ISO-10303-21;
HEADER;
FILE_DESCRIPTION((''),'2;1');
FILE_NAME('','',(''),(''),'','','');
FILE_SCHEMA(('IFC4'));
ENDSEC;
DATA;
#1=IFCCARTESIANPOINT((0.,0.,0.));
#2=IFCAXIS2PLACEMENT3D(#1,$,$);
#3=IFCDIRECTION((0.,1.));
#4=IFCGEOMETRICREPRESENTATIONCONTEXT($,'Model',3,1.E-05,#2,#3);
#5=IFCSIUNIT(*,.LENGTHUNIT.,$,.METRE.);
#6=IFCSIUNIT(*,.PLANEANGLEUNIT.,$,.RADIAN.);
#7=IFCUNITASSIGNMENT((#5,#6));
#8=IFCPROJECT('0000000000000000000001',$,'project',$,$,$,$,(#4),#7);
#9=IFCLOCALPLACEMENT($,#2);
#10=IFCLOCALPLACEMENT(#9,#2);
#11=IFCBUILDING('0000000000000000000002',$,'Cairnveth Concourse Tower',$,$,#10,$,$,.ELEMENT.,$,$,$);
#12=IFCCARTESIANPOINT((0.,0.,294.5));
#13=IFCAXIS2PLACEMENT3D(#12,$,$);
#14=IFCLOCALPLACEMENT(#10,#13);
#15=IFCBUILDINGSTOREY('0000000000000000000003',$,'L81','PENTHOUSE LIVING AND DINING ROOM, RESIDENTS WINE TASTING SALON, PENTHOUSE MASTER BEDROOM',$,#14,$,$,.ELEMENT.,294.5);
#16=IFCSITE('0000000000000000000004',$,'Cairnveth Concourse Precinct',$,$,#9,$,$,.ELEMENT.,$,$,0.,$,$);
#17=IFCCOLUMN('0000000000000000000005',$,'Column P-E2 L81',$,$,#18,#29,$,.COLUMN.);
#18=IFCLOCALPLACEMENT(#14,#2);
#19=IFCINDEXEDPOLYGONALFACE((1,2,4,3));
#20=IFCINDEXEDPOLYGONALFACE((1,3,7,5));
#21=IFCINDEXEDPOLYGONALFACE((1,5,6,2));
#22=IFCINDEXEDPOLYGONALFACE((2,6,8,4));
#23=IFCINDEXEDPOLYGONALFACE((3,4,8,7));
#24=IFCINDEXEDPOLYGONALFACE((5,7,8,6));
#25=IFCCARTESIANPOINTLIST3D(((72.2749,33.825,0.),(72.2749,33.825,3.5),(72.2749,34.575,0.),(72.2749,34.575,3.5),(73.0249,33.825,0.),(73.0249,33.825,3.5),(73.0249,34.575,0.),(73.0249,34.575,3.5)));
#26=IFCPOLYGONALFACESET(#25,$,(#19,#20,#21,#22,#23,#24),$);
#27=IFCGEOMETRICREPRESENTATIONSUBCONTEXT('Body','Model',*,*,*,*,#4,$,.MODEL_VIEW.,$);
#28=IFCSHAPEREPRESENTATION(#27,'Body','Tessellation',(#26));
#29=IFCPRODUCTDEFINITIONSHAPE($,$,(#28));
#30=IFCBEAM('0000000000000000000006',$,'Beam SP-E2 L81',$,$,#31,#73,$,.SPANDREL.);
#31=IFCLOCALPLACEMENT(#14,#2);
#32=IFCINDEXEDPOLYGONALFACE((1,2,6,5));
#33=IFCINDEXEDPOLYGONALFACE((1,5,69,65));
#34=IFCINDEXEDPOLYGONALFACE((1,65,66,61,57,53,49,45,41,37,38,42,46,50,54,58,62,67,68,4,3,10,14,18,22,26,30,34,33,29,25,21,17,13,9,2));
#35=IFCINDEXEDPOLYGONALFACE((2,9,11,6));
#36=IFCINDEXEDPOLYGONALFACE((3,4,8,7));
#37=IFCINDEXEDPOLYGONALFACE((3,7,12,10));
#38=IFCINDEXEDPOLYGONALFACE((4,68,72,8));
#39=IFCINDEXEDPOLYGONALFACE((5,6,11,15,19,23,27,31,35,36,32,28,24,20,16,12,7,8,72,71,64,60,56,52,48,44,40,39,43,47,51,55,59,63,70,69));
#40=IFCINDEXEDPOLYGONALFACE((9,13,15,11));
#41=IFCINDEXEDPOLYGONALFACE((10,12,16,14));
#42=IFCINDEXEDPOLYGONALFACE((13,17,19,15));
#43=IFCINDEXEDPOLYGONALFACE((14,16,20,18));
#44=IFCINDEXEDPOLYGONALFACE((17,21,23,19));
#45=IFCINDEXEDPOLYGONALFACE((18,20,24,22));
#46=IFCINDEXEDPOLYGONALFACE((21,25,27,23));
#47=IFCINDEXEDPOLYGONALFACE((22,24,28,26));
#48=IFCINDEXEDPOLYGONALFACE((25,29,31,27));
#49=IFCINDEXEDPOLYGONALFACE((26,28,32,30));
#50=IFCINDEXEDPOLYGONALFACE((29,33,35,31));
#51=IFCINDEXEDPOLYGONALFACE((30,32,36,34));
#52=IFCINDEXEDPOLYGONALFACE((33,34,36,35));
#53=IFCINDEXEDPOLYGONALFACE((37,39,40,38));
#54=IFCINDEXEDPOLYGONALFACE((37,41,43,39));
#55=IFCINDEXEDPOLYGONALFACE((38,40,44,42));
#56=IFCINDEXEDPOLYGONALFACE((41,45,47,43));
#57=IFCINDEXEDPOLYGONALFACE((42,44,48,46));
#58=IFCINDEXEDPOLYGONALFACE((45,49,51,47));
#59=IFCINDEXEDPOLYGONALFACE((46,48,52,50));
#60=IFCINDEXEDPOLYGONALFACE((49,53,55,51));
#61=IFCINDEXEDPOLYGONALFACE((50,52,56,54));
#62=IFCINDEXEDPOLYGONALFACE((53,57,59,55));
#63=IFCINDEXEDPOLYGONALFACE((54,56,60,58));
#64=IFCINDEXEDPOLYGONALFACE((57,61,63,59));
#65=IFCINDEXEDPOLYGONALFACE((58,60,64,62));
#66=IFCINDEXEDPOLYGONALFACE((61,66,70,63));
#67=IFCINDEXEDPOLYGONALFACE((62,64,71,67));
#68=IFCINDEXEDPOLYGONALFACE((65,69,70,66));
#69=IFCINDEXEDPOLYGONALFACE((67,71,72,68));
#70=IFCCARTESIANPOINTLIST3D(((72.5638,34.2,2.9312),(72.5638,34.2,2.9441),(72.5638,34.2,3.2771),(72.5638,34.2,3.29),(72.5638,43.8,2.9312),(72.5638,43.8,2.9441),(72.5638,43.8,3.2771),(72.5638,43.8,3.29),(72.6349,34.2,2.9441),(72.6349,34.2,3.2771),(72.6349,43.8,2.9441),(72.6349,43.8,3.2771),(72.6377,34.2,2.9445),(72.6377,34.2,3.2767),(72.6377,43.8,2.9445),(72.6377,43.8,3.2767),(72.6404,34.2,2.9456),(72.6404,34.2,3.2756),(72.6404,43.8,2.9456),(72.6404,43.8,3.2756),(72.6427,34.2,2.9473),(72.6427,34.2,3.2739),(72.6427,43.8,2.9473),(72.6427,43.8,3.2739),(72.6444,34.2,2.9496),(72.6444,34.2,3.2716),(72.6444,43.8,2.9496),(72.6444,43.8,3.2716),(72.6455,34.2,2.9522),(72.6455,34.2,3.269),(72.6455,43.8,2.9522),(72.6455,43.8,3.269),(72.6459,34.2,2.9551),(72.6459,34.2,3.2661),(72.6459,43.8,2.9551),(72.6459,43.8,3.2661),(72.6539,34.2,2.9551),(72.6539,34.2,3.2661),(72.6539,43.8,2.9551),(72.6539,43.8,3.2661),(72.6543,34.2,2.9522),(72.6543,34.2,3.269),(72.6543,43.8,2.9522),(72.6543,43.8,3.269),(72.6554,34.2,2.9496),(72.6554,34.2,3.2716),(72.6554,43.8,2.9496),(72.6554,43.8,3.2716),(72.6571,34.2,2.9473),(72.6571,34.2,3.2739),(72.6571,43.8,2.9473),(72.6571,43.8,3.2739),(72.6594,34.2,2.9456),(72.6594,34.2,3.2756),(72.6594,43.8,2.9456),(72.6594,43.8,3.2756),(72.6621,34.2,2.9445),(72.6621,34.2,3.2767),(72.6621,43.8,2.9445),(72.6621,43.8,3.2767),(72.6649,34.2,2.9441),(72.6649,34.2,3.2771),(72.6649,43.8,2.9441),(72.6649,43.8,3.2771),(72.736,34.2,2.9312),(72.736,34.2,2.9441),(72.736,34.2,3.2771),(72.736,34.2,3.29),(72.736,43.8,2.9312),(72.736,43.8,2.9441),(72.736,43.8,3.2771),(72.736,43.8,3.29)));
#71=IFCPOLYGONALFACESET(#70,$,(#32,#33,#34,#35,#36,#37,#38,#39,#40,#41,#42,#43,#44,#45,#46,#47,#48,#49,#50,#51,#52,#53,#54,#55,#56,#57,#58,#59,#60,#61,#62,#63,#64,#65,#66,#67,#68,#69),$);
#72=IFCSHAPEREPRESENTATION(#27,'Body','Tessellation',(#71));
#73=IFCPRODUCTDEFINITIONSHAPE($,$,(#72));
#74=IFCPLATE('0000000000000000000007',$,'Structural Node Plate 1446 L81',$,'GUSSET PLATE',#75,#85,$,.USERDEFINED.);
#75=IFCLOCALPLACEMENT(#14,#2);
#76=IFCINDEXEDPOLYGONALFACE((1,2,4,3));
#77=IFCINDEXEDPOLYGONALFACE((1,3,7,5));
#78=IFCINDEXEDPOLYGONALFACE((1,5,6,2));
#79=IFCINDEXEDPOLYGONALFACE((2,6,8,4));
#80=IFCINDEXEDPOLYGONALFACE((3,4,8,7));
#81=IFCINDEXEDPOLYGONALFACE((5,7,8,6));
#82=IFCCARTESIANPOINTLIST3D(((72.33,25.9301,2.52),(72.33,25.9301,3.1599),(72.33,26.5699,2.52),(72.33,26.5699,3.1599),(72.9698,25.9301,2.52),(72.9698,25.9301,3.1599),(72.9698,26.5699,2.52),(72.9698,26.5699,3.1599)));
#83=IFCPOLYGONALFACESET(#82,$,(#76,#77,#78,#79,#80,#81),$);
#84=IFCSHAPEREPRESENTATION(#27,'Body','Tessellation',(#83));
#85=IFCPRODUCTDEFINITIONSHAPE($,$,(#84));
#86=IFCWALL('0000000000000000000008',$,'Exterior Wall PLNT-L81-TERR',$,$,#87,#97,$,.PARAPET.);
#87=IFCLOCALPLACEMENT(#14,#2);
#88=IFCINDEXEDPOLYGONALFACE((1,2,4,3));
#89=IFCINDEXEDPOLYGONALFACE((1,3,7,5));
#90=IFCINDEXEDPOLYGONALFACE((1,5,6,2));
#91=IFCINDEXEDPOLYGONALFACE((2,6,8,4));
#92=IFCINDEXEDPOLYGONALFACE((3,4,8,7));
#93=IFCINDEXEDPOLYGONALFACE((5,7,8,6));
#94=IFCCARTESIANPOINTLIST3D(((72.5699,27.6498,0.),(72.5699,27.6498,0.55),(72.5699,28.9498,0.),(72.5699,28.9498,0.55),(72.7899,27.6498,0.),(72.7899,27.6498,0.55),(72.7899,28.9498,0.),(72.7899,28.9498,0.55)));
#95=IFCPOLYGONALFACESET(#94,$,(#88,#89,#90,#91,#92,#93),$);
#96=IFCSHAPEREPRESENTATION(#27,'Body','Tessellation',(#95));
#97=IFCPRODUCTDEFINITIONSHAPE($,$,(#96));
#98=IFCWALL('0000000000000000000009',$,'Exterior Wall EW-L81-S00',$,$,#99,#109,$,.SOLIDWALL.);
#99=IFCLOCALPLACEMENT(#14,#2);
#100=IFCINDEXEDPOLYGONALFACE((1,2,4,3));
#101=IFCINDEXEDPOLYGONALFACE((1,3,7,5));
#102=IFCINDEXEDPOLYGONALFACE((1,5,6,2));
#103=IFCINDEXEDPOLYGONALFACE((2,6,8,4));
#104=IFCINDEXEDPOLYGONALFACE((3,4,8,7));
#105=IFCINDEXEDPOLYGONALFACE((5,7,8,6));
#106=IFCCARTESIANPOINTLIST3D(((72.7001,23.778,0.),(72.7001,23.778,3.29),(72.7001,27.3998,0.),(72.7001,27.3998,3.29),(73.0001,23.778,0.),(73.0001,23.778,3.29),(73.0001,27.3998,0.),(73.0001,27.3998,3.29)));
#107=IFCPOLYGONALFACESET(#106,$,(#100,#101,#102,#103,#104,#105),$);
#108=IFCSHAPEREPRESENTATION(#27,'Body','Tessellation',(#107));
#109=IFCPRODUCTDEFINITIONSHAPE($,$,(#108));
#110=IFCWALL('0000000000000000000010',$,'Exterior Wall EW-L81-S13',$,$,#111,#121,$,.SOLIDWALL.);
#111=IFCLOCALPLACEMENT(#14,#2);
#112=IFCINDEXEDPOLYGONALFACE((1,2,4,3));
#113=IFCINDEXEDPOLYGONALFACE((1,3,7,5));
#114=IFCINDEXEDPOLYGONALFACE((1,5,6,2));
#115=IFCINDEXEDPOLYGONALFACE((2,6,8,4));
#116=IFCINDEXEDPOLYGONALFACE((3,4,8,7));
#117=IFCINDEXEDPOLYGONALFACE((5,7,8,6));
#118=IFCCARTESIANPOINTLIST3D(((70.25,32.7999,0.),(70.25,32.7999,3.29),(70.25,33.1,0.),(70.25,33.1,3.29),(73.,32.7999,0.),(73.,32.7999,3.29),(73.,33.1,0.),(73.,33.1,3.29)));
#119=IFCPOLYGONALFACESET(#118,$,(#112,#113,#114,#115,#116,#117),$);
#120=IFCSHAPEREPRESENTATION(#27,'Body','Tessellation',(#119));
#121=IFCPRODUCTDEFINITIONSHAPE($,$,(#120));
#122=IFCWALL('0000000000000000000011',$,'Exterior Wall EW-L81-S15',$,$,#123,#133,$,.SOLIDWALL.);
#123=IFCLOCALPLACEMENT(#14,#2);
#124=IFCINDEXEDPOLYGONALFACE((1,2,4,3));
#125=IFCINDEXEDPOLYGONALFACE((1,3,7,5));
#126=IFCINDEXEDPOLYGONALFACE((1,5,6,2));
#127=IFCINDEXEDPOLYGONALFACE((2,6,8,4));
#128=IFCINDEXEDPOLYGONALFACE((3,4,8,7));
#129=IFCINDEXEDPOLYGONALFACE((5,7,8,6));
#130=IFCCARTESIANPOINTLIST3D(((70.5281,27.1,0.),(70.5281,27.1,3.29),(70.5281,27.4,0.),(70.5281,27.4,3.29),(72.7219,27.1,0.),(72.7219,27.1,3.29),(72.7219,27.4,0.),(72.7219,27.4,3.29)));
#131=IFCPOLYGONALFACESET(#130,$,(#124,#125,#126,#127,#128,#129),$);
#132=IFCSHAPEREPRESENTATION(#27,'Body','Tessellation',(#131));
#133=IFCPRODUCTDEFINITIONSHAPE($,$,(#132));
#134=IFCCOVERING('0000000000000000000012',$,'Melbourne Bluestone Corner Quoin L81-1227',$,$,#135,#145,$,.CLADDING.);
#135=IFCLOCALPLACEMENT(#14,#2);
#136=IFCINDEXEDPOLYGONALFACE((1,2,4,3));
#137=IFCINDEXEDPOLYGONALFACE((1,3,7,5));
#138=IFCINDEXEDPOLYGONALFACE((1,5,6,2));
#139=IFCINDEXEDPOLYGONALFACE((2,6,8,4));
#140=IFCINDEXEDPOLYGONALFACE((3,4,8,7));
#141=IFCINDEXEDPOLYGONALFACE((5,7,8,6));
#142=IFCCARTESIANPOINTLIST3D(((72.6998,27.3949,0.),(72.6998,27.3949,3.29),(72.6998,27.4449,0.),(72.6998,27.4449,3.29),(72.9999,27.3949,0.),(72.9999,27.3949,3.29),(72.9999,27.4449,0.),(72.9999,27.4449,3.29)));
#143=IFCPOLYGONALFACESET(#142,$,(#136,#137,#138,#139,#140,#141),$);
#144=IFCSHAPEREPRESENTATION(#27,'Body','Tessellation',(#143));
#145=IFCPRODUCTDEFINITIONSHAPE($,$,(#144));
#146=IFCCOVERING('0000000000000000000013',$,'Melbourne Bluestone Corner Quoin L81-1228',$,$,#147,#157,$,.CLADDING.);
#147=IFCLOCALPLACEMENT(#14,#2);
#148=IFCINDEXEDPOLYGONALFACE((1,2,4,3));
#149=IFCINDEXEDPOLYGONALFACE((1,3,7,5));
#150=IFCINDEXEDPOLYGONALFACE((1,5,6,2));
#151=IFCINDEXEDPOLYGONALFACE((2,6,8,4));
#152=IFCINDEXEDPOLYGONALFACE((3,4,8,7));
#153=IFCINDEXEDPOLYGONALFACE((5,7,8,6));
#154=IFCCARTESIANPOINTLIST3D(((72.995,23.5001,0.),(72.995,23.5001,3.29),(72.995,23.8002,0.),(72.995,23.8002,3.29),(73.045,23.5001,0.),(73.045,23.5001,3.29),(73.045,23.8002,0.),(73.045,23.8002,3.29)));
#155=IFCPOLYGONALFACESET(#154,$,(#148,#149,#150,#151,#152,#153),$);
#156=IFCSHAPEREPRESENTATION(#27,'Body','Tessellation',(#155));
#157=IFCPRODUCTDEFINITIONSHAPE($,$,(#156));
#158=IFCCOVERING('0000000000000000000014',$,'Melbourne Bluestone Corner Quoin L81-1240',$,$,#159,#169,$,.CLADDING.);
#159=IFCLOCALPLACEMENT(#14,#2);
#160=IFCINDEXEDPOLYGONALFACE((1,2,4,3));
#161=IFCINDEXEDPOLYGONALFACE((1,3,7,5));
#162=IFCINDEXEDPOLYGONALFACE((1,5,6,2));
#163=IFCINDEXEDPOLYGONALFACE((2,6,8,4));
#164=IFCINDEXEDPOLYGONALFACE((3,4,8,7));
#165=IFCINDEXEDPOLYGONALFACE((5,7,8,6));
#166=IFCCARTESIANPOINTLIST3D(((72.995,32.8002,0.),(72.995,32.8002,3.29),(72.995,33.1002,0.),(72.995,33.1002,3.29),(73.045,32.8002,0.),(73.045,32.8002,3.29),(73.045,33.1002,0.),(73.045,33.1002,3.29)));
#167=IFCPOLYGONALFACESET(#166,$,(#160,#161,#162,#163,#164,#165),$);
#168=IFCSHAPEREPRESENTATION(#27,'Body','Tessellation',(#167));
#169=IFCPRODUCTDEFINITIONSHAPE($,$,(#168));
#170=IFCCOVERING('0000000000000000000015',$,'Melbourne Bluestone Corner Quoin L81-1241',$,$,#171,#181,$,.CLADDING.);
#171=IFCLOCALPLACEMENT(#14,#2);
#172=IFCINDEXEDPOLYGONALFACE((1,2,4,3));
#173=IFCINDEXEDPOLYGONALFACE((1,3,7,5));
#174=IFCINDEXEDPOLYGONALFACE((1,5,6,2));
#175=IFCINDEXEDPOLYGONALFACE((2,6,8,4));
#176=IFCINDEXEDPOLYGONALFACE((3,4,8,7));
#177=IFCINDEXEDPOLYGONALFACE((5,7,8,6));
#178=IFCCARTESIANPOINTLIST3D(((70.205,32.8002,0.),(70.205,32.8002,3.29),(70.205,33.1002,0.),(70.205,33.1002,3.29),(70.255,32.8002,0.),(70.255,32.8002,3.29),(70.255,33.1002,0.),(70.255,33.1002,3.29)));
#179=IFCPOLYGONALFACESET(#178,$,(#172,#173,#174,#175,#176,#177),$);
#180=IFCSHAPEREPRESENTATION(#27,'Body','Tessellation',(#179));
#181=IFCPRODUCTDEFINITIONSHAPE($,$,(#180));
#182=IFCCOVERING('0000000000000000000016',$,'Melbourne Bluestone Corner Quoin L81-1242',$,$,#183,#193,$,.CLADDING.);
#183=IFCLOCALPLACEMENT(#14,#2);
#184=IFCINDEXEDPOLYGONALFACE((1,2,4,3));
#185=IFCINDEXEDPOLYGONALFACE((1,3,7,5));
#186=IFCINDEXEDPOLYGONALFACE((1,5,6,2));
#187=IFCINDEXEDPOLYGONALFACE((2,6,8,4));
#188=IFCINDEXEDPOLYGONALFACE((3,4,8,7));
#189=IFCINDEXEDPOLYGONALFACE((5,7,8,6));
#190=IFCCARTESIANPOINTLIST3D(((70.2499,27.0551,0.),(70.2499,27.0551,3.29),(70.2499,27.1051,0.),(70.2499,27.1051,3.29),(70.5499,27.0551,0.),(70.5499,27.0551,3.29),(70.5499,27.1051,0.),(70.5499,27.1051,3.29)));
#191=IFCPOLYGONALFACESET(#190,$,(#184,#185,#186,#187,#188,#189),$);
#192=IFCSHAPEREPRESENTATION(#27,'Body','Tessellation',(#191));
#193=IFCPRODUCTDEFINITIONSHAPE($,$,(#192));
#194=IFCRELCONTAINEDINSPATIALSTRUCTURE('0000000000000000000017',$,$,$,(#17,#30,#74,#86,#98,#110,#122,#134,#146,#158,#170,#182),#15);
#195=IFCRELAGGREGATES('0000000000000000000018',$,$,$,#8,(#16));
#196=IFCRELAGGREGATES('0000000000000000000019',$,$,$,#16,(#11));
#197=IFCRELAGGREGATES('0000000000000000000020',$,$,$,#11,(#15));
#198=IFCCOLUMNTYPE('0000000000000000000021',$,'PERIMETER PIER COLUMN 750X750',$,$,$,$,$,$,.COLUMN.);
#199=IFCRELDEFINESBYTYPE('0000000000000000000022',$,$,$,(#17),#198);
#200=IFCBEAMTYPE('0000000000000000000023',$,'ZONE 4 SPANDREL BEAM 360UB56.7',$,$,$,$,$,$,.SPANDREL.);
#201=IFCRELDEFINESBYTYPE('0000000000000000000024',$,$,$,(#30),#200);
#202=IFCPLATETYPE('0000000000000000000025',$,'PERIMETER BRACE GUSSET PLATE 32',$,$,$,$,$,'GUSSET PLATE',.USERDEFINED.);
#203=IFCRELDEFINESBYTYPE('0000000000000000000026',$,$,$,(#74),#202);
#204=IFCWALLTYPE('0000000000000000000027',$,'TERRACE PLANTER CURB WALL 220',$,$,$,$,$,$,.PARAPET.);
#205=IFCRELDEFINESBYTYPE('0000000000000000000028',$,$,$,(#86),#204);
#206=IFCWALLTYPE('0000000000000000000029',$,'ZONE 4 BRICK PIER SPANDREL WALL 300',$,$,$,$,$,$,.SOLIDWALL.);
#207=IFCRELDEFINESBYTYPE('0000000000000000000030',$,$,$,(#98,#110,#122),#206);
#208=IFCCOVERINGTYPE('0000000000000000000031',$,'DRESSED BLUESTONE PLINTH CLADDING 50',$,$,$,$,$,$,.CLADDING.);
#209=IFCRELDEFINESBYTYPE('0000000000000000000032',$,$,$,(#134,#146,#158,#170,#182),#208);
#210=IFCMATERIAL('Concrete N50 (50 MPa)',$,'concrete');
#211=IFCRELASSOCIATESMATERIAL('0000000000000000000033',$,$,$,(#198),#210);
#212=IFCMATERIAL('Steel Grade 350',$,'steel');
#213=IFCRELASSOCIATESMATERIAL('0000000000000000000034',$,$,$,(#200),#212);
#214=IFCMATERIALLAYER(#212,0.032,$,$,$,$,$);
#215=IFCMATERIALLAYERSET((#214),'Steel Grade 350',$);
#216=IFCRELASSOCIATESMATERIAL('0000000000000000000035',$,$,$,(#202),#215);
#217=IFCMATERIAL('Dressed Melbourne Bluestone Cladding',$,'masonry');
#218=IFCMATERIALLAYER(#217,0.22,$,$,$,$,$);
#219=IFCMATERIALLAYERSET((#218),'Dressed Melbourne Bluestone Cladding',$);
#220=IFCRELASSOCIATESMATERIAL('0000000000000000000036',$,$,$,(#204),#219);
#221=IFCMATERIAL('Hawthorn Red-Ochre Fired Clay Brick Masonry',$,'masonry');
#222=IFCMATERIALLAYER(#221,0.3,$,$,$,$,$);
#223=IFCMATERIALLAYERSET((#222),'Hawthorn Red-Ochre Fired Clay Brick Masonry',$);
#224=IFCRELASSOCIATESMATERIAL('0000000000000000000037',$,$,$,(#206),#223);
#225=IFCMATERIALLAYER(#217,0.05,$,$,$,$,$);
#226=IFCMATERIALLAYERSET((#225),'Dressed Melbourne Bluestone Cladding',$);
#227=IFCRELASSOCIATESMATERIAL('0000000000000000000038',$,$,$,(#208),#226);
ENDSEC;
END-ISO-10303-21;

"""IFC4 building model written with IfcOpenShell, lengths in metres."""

from ifc_helpers import new_model, si_unit, direction, frame, frame_2d, origin, origin_2d, place, context, subcontext, project, spatial, rectangle, i_section, extrude, material, layer, layer_set, material_profile, profile_set, type_object, element, save


model = new_model("IFC4")

# Units and contexts
model_context = context("Model", 3, precision=1e-05, world=origin(), true_north=direction((0.0, 1.0)))
body_context = subcontext(model_context, "Body", "Model", "MODEL_VIEW")
ifc_project = project(units=[si_unit("LENGTHUNIT", "METRE"), si_unit("PLANEANGLEUNIT", "RADIAN")], contexts=[model_context])

# Site, building, storey
site_placement = place(None, origin())
site = spatial("IfcSite", under=ifc_project, at=site_placement, Name="Cairnveth Concourse Precinct", CompositionType="ELEMENT", RefElevation=0.0)
building_placement = place(site_placement, origin())
building = spatial("IfcBuilding", under=site, at=building_placement, Name="Cairnveth Concourse Tower", CompositionType="ELEMENT")
storey_placement = place(building_placement, frame((0.0, 0.0, 294.5)))
storey = spatial("IfcBuildingStorey", under=building, at=storey_placement, Name="L81", Description="PENTHOUSE LIVING AND DINING ROOM, RESIDENTS WINE TASTING SALON, PENTHOUSE MASTER BEDROOM", CompositionType="ELEMENT", Elevation=294.5)

# Column
ifc_material_1 = material(Name="Concrete N50 (50 MPa)", Category="concrete")
ifc_material_profile_1 = material_profile(ifc_material_1, rectangle(XDim=0.75, YDim=0.75, at=origin_2d()), Name="RC-COL-750x750")
ifc_profile_set_1 = profile_set([ifc_material_profile_1], Name="Concrete N50 (50 MPa)")
column_type = type_object("IfcColumnType", Name="PERIMETER PIER COLUMN 750X750", PredefinedType="COLUMN", material=ifc_profile_set_1)
column_placement = place(storey_placement, frame((72.6499, 34.2, 0.0), z_axis=(0.0, 0.0, 1.0), x_axis=(0.0, 1.0, 0.0)))
element("IfcColumn", 1, at=column_placement, inside=storey, type_object=column_type, Name="Column P-E2 L81", PredefinedType="COLUMN", context=body_context, shape_type="SweptSolid", body=[
    extrude(rectangle(XDim=0.75, YDim=0.75, at=origin_2d()), origin(), (0.0, 0.0, 1.0), 3.5),
])

# Beam
ifc_material_2 = material(Name="Steel Grade 350", Category="steel")
ifc_material_profile_2 = material_profile(ifc_material_2, i_section(OverallWidth=0.1721, OverallDepth=0.3589, WebThickness=0.0081, FlangeThickness=0.0129, FilletRadius=0.011, at=origin_2d()), Name="360UB56.7")
ifc_profile_set_2 = profile_set([ifc_material_profile_2], Name="Steel Grade 350")
beam_type = type_object("IfcBeamType", Name="ZONE 4 SPANDREL BEAM 360UB56.7", PredefinedType="SPANDREL", material=ifc_profile_set_2)
beam_placement = place(storey_placement, frame((72.6499, 34.2, 3.1106), z_axis=(0.0, 1.0, 0.0), x_axis=(-1.0, 0.0, 0.0)))
element("IfcBeam", 2, at=beam_placement, inside=storey, type_object=beam_type, Name="Beam SP-E2 L81", PredefinedType="SPANDREL", context=body_context, shape_type="SweptSolid", body=[
    extrude(i_section(OverallWidth=0.1721, OverallDepth=0.3589, WebThickness=0.0081, FlangeThickness=0.0129, FilletRadius=0.011, at=origin_2d()), origin(), (0.0, 0.0, 1.0), 9.6001),
])

# Plate
ifc_layer_1 = layer(ifc_material_2, 0.032)
ifc_layer_set_1 = layer_set([ifc_layer_1], Name="Steel Grade 350")
plate_type = type_object("IfcPlateType", Name="PERIMETER BRACE GUSSET PLATE 32", ElementType="GUSSET PLATE", PredefinedType="USERDEFINED", material=ifc_layer_set_1)
plate_placement = place(storey_placement, frame((72.6499, 26.25, 2.52), z_axis=(0.0, 0.0, 1.0), x_axis=(1.0, 0.0, 0.0)))
element("IfcPlate", 3, at=plate_placement, inside=storey, type_object=plate_type, Name="Structural Node Plate 1446 L81", ObjectType="GUSSET PLATE", PredefinedType="USERDEFINED", context=body_context, shape_type="SweptSolid", body=[
    extrude(rectangle(XDim=0.6399, YDim=0.6399, at=origin_2d()), origin(), (0.0, 0.0, 1.0), 0.6399),
])

# Walls
ifc_material_3 = material(Name="Dressed Melbourne Bluestone Cladding", Category="masonry")
ifc_layer_2 = layer(ifc_material_3, 0.22)
ifc_layer_set_2 = layer_set([ifc_layer_2], Name="Dressed Melbourne Bluestone Cladding")
wall_type_1 = type_object("IfcWallType", Name="TERRACE PLANTER CURB WALL 220", PredefinedType="PARAPET", material=ifc_layer_set_2)
wall_1_placement = place(storey_placement, frame((72.6799, 27.6499, 0.0), z_axis=(0.0, 0.0, 1.0), x_axis=(0.0, 1.0, 0.0)))
element("IfcWall", 4, at=wall_1_placement, inside=storey, type_object=wall_type_1, Name="Exterior Wall PLNT-L81-TERR", PredefinedType="PARAPET", context=body_context, shape_type="SweptSolid", body=[
    extrude(rectangle(XDim=1.3, YDim=0.22, at=frame_2d((0.6499, 0.0))), origin(), (0.0, 0.0, 1.0), 0.55),
])
ifc_material_4 = material(Name="Hawthorn Red-Ochre Fired Clay Brick Masonry", Category="masonry")
ifc_layer_3 = layer(ifc_material_4, 0.3)
ifc_layer_set_3 = layer_set([ifc_layer_3], Name="Hawthorn Red-Ochre Fired Clay Brick Masonry")
wall_type_2 = type_object("IfcWallType", Name="ZONE 4 BRICK PIER SPANDREL WALL 300", PredefinedType="SOLIDWALL", material=ifc_layer_set_3)
wall_2_placement = place(storey_placement, frame((72.8501, 27.3999, 0.0), z_axis=(0.0, 0.0, 1.0), x_axis=(0.0, -1.0, 0.0)))
element("IfcWall", 5, at=wall_2_placement, inside=storey, type_object=wall_type_2, Name="Exterior Wall EW-L81-S00", PredefinedType="SOLIDWALL", context=body_context, shape_type="SweptSolid", body=[
    extrude(rectangle(XDim=3.6218, YDim=0.3, at=frame_2d((1.811, 0.0))), origin(), (0.0, 0.0, 1.0), 3.29),
])
wall_3_placement = place(storey_placement, frame((73.0, 32.95, 0.0), z_axis=(0.0, 0.0, 1.0), x_axis=(-1.0, 0.0, 0.0)))
element("IfcWall", 6, at=wall_3_placement, inside=storey, type_object=wall_type_2, Name="Exterior Wall EW-L81-S13", PredefinedType="SOLIDWALL", context=body_context, shape_type="SweptSolid", body=[
    extrude(rectangle(XDim=2.75, YDim=0.3, at=frame_2d((1.375, 0.0))), origin(), (0.0, 0.0, 1.0), 3.29),
])

# Wall
wall_4_placement = place(storey_placement, frame((70.5281, 27.25, 0.0), z_axis=(0.0, 0.0, 1.0), x_axis=(1.0, 0.0, 0.0)))
element("IfcWall", 7, at=wall_4_placement, inside=storey, type_object=wall_type_2, Name="Exterior Wall EW-L81-S15", PredefinedType="SOLIDWALL", context=body_context, shape_type="SweptSolid", body=[
    extrude(rectangle(XDim=2.1938, YDim=0.3, at=frame_2d((1.0969, 0.0))), origin(), (0.0, 0.0, 1.0), 3.29),
])

# Coverings
ifc_layer_4 = layer(ifc_material_3, 0.05)
ifc_layer_set_4 = layer_set([ifc_layer_4], Name="Dressed Melbourne Bluestone Cladding")
covering_type = type_object("IfcCoveringType", Name="DRESSED BLUESTONE PLINTH CLADDING 50", PredefinedType="CLADDING", material=ifc_layer_set_4)
for number, where, z_axis, x_axis, name in (
    (8, (72.7, 27.4199, 0.0), (0.0, 0.0, 1.0), (1.0, 0.0, 0.0), "Melbourne Bluestone Corner Quoin L81-1227"),
    (9, (73.02, 23.8, 0.0), (0.0, 0.0, 1.0), (0.0, -1.0, 0.0), "Melbourne Bluestone Corner Quoin L81-1228"),
    (10, (73.02, 33.1001, 0.0), (0.0, 0.0, 1.0), (0.0, -1.0, 0.0), "Melbourne Bluestone Corner Quoin L81-1240"),
    (11, (70.23, 33.1001, 0.0), (0.0, 0.0, 1.0), (0.0, -1.0, 0.0), "Melbourne Bluestone Corner Quoin L81-1241"),
    (12, (70.25, 27.0801, 0.0), (0.0, 0.0, 1.0), (1.0, 0.0, 0.0), "Melbourne Bluestone Corner Quoin L81-1242"),
):
    element("IfcCovering", number, at=place(storey_placement, frame(where, z_axis=z_axis, x_axis=x_axis)), inside=storey, type_object=covering_type, Name=name, PredefinedType="CLADDING", context=body_context, shape_type="SweptSolid", body=[
        extrude(rectangle(XDim=0.3, YDim=0.05, at=frame_2d((0.1499, 0.0))), origin(), (0.0, 0.0, 1.0), 3.29),
    ])

save(model, "model.ifc")
